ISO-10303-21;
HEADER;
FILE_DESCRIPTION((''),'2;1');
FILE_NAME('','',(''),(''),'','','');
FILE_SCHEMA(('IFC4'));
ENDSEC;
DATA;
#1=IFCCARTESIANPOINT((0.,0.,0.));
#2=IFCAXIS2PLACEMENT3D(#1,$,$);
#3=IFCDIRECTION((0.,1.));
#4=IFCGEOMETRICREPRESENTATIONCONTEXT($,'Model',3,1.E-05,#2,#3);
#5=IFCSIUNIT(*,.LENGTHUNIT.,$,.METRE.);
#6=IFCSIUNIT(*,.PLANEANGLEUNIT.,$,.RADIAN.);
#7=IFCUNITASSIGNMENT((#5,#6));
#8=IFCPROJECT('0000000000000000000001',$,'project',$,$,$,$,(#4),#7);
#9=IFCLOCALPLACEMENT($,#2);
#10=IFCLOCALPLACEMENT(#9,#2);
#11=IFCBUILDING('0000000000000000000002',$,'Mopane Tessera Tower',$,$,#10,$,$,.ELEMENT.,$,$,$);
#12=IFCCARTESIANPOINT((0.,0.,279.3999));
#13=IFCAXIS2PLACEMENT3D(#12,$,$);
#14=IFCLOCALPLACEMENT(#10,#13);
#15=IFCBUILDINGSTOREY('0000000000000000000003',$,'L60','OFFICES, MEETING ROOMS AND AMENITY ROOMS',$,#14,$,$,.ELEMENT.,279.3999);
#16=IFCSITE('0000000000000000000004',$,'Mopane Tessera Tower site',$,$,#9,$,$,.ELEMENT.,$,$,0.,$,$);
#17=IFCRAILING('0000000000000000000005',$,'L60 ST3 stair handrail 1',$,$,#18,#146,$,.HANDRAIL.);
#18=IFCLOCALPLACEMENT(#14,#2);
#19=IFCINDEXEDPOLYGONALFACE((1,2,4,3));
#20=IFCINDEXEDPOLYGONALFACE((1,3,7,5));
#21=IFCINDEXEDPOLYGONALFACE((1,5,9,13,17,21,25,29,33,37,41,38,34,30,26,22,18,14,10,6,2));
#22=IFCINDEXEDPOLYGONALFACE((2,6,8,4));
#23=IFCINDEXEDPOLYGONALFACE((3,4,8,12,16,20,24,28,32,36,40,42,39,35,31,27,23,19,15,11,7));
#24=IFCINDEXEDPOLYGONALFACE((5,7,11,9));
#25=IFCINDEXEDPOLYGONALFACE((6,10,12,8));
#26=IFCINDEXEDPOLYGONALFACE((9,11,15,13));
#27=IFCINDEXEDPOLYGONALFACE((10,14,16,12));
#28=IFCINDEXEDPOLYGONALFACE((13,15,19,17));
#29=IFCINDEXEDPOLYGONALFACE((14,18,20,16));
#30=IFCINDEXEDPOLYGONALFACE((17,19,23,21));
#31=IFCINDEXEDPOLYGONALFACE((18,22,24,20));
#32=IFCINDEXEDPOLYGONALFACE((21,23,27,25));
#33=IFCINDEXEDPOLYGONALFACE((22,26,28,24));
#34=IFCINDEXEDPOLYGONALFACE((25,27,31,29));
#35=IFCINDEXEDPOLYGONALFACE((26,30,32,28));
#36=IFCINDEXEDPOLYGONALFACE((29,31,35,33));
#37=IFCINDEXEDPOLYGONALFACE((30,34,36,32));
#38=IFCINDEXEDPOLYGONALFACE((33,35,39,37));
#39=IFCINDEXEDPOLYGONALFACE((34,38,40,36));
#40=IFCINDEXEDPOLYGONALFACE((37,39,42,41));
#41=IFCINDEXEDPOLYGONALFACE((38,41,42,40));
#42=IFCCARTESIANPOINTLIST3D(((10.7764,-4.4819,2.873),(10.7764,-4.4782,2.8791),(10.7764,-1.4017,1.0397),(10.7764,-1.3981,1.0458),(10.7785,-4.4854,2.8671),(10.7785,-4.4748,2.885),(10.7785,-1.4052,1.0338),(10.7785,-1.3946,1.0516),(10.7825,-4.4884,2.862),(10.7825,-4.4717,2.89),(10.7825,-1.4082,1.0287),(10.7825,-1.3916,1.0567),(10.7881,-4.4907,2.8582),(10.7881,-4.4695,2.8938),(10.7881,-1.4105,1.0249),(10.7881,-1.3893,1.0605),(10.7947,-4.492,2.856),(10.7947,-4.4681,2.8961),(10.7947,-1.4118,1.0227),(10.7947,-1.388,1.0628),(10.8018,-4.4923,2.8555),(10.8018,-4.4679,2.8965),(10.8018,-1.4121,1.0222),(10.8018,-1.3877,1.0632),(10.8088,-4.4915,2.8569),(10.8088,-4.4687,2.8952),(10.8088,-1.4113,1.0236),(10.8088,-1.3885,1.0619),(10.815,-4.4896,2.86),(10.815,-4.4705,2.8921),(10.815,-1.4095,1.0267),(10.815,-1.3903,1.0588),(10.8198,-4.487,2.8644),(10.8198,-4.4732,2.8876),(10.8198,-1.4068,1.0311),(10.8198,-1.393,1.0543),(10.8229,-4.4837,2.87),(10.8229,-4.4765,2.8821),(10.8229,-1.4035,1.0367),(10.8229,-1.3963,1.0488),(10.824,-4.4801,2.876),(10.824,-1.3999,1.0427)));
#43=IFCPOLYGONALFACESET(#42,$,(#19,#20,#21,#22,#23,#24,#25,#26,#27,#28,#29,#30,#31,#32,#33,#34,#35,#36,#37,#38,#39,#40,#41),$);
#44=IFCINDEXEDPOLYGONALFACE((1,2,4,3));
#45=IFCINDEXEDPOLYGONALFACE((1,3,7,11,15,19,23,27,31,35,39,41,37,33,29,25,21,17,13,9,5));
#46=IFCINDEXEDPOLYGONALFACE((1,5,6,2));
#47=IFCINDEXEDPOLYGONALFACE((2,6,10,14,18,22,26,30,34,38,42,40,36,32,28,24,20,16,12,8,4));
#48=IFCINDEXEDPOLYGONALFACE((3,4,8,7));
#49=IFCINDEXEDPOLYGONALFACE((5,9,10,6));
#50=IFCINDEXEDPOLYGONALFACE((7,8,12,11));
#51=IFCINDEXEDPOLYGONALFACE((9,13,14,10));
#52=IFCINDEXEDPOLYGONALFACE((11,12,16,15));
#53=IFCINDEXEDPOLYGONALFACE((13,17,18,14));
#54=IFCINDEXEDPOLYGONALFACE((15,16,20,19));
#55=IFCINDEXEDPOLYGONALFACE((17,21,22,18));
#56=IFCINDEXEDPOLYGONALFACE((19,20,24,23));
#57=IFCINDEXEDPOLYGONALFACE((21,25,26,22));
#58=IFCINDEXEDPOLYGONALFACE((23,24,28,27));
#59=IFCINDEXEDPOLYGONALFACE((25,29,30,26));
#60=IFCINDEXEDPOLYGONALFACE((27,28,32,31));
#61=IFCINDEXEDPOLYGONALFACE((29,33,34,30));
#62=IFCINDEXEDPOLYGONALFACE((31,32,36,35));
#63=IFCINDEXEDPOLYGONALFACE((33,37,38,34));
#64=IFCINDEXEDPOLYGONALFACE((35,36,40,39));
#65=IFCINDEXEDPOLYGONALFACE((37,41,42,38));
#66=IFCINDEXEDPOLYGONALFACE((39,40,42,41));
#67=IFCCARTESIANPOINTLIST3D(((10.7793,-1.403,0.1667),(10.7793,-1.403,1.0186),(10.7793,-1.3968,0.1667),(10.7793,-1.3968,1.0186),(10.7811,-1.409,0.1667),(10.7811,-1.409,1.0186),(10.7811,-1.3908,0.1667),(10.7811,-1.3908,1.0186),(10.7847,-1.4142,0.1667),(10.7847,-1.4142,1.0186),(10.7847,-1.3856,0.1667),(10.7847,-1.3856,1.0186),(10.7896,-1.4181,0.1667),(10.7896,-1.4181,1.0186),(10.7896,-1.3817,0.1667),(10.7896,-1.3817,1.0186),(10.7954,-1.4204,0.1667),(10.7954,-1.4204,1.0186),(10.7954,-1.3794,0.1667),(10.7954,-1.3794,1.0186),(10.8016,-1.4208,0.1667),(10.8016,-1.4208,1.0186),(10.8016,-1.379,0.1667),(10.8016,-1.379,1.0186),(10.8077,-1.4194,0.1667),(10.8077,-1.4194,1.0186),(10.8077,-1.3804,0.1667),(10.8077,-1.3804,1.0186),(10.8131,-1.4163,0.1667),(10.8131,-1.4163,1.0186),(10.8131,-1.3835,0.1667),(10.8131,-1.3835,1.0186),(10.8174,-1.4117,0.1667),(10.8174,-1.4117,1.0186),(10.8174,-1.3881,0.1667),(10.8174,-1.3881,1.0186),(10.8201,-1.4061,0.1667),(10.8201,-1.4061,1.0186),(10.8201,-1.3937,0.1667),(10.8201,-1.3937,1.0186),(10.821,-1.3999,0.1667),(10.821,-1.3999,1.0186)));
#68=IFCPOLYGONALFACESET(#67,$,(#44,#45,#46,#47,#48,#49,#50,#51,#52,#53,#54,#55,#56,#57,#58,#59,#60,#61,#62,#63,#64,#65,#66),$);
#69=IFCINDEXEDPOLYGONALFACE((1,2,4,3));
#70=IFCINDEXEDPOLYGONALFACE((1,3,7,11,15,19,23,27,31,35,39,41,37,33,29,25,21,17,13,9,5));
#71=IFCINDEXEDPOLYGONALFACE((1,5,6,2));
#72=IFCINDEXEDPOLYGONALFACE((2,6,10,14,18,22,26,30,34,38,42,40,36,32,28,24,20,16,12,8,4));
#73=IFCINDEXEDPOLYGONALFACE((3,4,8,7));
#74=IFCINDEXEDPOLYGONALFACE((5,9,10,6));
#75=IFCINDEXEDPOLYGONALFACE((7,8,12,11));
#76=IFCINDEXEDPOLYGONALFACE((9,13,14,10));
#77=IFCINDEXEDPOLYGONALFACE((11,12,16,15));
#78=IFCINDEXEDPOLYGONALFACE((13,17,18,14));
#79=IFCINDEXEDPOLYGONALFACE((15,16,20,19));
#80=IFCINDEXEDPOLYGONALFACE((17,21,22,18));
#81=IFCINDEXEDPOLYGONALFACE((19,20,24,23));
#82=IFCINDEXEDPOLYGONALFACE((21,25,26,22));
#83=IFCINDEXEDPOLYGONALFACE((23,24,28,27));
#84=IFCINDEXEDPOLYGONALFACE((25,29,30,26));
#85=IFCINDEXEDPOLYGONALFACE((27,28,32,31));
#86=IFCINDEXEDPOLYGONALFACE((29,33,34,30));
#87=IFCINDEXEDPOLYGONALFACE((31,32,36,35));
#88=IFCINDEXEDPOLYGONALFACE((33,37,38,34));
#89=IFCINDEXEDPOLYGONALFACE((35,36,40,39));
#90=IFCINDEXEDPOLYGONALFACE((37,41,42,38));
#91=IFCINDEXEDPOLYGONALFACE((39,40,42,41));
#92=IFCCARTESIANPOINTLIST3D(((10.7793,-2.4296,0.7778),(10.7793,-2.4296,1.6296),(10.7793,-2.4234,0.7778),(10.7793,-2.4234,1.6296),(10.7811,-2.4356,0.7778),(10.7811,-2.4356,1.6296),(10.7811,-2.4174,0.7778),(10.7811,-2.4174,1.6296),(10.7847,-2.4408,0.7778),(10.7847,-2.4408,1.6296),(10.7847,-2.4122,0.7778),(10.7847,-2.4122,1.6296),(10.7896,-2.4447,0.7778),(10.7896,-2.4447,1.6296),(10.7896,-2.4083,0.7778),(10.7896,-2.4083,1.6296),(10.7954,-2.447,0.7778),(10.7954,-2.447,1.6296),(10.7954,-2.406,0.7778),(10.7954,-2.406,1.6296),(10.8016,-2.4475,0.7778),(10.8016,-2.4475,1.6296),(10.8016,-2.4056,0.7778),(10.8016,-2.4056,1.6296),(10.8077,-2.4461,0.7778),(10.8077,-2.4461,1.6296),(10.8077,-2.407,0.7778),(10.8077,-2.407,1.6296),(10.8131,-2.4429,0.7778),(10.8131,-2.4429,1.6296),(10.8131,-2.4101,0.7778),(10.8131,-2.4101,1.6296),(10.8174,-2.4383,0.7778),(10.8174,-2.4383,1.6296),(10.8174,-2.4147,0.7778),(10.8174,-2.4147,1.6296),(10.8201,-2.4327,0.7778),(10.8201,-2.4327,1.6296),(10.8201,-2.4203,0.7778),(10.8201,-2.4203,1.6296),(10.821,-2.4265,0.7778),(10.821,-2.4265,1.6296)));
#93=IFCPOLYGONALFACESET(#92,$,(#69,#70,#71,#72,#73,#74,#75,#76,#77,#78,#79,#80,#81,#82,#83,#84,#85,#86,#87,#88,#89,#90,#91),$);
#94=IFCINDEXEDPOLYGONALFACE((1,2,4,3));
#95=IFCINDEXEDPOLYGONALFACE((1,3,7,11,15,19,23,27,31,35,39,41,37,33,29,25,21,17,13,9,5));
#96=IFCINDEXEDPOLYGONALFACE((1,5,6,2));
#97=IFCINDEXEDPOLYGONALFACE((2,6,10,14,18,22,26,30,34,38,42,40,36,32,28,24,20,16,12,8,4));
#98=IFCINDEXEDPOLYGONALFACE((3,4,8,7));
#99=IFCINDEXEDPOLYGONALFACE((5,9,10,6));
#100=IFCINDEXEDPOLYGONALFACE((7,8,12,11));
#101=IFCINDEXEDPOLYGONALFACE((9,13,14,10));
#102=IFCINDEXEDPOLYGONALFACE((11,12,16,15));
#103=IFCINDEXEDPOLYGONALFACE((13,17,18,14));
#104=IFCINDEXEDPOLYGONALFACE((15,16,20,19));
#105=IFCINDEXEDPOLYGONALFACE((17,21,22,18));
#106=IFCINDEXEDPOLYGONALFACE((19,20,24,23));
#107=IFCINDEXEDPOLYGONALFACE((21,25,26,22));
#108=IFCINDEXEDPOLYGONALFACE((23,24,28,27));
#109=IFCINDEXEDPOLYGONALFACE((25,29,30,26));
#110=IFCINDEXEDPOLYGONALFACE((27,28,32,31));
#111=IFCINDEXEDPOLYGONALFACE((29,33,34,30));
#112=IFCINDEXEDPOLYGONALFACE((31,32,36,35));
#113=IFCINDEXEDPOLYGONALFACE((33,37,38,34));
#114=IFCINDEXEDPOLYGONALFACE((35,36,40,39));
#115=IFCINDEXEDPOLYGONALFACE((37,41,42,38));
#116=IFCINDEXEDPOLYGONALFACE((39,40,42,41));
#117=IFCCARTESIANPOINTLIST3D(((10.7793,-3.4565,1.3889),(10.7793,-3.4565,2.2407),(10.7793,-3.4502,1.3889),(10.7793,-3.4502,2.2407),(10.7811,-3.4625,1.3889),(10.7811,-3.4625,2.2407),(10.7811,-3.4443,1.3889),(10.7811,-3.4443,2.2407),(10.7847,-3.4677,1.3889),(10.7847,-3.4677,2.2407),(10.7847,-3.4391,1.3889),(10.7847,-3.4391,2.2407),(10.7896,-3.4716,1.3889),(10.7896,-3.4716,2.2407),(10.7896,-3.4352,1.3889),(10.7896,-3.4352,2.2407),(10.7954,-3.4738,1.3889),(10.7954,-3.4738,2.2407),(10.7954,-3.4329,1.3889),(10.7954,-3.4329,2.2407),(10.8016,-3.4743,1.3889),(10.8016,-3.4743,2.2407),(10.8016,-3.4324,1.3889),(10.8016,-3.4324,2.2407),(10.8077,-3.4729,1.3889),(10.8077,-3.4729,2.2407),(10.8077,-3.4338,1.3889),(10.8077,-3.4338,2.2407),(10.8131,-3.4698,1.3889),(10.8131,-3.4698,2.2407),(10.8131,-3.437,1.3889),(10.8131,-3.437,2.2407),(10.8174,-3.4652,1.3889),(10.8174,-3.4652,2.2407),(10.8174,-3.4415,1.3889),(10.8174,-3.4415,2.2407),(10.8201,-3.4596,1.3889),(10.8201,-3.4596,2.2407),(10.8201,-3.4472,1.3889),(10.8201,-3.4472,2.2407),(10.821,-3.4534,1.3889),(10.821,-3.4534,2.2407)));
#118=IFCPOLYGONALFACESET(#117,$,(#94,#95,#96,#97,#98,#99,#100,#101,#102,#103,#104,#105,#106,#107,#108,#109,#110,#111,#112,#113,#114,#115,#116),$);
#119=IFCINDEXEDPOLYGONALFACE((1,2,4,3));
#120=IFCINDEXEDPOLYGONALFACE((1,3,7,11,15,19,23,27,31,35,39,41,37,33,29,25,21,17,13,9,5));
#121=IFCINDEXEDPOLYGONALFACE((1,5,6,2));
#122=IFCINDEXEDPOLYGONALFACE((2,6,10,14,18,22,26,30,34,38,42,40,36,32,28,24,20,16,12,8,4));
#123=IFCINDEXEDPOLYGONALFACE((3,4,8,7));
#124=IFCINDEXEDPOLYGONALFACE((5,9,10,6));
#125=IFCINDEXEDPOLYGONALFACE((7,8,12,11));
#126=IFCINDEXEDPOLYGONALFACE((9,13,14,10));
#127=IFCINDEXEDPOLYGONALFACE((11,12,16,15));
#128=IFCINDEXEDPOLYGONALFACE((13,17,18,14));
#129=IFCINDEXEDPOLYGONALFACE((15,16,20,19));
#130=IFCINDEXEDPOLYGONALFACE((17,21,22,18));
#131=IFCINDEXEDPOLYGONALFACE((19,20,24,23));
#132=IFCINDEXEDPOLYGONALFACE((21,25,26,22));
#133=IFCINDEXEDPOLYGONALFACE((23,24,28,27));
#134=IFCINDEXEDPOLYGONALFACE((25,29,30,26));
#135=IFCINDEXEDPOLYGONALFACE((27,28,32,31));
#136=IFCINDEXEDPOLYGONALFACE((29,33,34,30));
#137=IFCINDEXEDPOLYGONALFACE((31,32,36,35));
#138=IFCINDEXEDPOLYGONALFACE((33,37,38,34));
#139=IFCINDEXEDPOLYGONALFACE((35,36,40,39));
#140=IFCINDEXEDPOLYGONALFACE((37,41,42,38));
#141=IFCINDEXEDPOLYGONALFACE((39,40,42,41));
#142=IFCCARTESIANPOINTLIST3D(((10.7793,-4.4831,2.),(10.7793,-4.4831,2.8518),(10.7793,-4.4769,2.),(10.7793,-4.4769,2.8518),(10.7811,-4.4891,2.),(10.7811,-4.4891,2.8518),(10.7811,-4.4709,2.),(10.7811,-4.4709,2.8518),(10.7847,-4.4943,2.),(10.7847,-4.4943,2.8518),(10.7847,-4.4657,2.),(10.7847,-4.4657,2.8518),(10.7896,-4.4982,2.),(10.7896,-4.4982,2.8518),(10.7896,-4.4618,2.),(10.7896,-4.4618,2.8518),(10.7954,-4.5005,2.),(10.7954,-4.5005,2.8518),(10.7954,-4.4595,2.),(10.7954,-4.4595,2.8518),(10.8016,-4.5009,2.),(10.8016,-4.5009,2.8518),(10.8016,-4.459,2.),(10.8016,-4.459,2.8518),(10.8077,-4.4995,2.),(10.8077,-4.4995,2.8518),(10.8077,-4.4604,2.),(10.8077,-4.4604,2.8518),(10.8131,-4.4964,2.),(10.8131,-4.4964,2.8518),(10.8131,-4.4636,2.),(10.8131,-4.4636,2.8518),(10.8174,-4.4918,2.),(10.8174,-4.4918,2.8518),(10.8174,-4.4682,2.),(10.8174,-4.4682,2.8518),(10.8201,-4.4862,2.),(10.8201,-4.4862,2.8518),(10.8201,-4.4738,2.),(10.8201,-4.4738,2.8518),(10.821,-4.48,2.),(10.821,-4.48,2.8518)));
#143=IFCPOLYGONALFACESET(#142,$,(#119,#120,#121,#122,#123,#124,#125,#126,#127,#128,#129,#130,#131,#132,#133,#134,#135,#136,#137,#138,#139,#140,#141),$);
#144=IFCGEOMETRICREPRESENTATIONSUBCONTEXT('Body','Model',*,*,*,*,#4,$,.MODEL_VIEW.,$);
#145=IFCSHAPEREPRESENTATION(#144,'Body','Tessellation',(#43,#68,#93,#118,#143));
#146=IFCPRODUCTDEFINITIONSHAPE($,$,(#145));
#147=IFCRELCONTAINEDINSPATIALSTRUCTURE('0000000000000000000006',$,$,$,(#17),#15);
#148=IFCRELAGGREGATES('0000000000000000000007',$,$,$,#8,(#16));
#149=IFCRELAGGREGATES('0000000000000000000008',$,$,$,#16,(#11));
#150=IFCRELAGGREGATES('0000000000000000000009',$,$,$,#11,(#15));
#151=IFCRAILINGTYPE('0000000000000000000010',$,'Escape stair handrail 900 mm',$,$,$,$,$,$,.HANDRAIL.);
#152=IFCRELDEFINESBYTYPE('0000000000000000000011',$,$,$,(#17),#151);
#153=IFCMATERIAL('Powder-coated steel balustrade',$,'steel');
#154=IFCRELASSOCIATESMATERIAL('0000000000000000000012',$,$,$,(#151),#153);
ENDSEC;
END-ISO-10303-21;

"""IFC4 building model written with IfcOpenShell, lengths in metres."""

from ifc_helpers import new_model, si_unit, direction, frame, origin, origin_2d, place, context, subcontext, project, spatial, circle, extrude, material, type_object, element, save


model = new_model("IFC4")

# Units and contexts
model_context = context("Model", 3, precision=1e-05, world=origin(), true_north=direction((0.0, 1.0)))
body_context = subcontext(model_context, "Body", "Model", "MODEL_VIEW")
ifc_project = project(units=[si_unit("LENGTHUNIT", "METRE"), si_unit("PLANEANGLEUNIT", "RADIAN")], contexts=[model_context])

# Site, building, storey
site_placement = place(None, origin())
site = spatial("IfcSite", under=ifc_project, at=site_placement, Name="Mopane Tessera Tower site", CompositionType="ELEMENT", RefElevation=0.0)
building_placement = place(site_placement, origin())
building = spatial("IfcBuilding", under=site, at=building_placement, Name="Mopane Tessera Tower", CompositionType="ELEMENT")
storey_placement = place(building_placement, frame((0.0, 0.0, 279.3999)))
storey = spatial("IfcBuildingStorey", under=building, at=storey_placement, Name="L60", Description="OFFICES, MEETING ROOMS AND AMENITY ROOMS", CompositionType="ELEMENT", Elevation=279.3999)

# Railing
ifc_material_1 = material(Name="Powder-coated steel balustrade", Category="steel")
railing_type_1 = type_object("IfcRailingType", Name="Escape stair handrail 900 mm", PredefinedType="HANDRAIL", material=ifc_material_1)
railing_1_placement = place(storey_placement, frame((10.8, -1.3999, 0.1667)))
element("IfcRailing", 1, at=railing_1_placement, inside=storey, type_object=railing_type_1, Name="L60 ST3 stair handrail 1", PredefinedType="HANDRAIL", context=body_context, shape_type="SweptSolid", body=[
    extrude(circle(Radius=0.0239, at=origin_2d()), frame((0.0, 0.0, 0.876), z_axis=(0.0, -0.859309, 0.511458), x_axis=(1.0, 0.0, 0.0)), (0.0, 0.0, 1.0), 3.5845),
    extrude(circle(Radius=0.021, at=origin_2d()), origin(), (0.0, 0.0, 1.0), 0.8518),
    extrude(circle(Radius=0.021, at=origin_2d()), frame((0.0, -1.0266, 0.6111)), (0.0, 0.0, 1.0), 0.8518),
    extrude(circle(Radius=0.021, at=origin_2d()), frame((0.0, -2.0535, 1.2222)), (0.0, 0.0, 1.0), 0.8518),
    extrude(circle(Radius=0.021, at=origin_2d()), frame((0.0, -3.0801, 1.8333)), (0.0, 0.0, 1.0), 0.8518),
])

save(model, "model.ifc")
